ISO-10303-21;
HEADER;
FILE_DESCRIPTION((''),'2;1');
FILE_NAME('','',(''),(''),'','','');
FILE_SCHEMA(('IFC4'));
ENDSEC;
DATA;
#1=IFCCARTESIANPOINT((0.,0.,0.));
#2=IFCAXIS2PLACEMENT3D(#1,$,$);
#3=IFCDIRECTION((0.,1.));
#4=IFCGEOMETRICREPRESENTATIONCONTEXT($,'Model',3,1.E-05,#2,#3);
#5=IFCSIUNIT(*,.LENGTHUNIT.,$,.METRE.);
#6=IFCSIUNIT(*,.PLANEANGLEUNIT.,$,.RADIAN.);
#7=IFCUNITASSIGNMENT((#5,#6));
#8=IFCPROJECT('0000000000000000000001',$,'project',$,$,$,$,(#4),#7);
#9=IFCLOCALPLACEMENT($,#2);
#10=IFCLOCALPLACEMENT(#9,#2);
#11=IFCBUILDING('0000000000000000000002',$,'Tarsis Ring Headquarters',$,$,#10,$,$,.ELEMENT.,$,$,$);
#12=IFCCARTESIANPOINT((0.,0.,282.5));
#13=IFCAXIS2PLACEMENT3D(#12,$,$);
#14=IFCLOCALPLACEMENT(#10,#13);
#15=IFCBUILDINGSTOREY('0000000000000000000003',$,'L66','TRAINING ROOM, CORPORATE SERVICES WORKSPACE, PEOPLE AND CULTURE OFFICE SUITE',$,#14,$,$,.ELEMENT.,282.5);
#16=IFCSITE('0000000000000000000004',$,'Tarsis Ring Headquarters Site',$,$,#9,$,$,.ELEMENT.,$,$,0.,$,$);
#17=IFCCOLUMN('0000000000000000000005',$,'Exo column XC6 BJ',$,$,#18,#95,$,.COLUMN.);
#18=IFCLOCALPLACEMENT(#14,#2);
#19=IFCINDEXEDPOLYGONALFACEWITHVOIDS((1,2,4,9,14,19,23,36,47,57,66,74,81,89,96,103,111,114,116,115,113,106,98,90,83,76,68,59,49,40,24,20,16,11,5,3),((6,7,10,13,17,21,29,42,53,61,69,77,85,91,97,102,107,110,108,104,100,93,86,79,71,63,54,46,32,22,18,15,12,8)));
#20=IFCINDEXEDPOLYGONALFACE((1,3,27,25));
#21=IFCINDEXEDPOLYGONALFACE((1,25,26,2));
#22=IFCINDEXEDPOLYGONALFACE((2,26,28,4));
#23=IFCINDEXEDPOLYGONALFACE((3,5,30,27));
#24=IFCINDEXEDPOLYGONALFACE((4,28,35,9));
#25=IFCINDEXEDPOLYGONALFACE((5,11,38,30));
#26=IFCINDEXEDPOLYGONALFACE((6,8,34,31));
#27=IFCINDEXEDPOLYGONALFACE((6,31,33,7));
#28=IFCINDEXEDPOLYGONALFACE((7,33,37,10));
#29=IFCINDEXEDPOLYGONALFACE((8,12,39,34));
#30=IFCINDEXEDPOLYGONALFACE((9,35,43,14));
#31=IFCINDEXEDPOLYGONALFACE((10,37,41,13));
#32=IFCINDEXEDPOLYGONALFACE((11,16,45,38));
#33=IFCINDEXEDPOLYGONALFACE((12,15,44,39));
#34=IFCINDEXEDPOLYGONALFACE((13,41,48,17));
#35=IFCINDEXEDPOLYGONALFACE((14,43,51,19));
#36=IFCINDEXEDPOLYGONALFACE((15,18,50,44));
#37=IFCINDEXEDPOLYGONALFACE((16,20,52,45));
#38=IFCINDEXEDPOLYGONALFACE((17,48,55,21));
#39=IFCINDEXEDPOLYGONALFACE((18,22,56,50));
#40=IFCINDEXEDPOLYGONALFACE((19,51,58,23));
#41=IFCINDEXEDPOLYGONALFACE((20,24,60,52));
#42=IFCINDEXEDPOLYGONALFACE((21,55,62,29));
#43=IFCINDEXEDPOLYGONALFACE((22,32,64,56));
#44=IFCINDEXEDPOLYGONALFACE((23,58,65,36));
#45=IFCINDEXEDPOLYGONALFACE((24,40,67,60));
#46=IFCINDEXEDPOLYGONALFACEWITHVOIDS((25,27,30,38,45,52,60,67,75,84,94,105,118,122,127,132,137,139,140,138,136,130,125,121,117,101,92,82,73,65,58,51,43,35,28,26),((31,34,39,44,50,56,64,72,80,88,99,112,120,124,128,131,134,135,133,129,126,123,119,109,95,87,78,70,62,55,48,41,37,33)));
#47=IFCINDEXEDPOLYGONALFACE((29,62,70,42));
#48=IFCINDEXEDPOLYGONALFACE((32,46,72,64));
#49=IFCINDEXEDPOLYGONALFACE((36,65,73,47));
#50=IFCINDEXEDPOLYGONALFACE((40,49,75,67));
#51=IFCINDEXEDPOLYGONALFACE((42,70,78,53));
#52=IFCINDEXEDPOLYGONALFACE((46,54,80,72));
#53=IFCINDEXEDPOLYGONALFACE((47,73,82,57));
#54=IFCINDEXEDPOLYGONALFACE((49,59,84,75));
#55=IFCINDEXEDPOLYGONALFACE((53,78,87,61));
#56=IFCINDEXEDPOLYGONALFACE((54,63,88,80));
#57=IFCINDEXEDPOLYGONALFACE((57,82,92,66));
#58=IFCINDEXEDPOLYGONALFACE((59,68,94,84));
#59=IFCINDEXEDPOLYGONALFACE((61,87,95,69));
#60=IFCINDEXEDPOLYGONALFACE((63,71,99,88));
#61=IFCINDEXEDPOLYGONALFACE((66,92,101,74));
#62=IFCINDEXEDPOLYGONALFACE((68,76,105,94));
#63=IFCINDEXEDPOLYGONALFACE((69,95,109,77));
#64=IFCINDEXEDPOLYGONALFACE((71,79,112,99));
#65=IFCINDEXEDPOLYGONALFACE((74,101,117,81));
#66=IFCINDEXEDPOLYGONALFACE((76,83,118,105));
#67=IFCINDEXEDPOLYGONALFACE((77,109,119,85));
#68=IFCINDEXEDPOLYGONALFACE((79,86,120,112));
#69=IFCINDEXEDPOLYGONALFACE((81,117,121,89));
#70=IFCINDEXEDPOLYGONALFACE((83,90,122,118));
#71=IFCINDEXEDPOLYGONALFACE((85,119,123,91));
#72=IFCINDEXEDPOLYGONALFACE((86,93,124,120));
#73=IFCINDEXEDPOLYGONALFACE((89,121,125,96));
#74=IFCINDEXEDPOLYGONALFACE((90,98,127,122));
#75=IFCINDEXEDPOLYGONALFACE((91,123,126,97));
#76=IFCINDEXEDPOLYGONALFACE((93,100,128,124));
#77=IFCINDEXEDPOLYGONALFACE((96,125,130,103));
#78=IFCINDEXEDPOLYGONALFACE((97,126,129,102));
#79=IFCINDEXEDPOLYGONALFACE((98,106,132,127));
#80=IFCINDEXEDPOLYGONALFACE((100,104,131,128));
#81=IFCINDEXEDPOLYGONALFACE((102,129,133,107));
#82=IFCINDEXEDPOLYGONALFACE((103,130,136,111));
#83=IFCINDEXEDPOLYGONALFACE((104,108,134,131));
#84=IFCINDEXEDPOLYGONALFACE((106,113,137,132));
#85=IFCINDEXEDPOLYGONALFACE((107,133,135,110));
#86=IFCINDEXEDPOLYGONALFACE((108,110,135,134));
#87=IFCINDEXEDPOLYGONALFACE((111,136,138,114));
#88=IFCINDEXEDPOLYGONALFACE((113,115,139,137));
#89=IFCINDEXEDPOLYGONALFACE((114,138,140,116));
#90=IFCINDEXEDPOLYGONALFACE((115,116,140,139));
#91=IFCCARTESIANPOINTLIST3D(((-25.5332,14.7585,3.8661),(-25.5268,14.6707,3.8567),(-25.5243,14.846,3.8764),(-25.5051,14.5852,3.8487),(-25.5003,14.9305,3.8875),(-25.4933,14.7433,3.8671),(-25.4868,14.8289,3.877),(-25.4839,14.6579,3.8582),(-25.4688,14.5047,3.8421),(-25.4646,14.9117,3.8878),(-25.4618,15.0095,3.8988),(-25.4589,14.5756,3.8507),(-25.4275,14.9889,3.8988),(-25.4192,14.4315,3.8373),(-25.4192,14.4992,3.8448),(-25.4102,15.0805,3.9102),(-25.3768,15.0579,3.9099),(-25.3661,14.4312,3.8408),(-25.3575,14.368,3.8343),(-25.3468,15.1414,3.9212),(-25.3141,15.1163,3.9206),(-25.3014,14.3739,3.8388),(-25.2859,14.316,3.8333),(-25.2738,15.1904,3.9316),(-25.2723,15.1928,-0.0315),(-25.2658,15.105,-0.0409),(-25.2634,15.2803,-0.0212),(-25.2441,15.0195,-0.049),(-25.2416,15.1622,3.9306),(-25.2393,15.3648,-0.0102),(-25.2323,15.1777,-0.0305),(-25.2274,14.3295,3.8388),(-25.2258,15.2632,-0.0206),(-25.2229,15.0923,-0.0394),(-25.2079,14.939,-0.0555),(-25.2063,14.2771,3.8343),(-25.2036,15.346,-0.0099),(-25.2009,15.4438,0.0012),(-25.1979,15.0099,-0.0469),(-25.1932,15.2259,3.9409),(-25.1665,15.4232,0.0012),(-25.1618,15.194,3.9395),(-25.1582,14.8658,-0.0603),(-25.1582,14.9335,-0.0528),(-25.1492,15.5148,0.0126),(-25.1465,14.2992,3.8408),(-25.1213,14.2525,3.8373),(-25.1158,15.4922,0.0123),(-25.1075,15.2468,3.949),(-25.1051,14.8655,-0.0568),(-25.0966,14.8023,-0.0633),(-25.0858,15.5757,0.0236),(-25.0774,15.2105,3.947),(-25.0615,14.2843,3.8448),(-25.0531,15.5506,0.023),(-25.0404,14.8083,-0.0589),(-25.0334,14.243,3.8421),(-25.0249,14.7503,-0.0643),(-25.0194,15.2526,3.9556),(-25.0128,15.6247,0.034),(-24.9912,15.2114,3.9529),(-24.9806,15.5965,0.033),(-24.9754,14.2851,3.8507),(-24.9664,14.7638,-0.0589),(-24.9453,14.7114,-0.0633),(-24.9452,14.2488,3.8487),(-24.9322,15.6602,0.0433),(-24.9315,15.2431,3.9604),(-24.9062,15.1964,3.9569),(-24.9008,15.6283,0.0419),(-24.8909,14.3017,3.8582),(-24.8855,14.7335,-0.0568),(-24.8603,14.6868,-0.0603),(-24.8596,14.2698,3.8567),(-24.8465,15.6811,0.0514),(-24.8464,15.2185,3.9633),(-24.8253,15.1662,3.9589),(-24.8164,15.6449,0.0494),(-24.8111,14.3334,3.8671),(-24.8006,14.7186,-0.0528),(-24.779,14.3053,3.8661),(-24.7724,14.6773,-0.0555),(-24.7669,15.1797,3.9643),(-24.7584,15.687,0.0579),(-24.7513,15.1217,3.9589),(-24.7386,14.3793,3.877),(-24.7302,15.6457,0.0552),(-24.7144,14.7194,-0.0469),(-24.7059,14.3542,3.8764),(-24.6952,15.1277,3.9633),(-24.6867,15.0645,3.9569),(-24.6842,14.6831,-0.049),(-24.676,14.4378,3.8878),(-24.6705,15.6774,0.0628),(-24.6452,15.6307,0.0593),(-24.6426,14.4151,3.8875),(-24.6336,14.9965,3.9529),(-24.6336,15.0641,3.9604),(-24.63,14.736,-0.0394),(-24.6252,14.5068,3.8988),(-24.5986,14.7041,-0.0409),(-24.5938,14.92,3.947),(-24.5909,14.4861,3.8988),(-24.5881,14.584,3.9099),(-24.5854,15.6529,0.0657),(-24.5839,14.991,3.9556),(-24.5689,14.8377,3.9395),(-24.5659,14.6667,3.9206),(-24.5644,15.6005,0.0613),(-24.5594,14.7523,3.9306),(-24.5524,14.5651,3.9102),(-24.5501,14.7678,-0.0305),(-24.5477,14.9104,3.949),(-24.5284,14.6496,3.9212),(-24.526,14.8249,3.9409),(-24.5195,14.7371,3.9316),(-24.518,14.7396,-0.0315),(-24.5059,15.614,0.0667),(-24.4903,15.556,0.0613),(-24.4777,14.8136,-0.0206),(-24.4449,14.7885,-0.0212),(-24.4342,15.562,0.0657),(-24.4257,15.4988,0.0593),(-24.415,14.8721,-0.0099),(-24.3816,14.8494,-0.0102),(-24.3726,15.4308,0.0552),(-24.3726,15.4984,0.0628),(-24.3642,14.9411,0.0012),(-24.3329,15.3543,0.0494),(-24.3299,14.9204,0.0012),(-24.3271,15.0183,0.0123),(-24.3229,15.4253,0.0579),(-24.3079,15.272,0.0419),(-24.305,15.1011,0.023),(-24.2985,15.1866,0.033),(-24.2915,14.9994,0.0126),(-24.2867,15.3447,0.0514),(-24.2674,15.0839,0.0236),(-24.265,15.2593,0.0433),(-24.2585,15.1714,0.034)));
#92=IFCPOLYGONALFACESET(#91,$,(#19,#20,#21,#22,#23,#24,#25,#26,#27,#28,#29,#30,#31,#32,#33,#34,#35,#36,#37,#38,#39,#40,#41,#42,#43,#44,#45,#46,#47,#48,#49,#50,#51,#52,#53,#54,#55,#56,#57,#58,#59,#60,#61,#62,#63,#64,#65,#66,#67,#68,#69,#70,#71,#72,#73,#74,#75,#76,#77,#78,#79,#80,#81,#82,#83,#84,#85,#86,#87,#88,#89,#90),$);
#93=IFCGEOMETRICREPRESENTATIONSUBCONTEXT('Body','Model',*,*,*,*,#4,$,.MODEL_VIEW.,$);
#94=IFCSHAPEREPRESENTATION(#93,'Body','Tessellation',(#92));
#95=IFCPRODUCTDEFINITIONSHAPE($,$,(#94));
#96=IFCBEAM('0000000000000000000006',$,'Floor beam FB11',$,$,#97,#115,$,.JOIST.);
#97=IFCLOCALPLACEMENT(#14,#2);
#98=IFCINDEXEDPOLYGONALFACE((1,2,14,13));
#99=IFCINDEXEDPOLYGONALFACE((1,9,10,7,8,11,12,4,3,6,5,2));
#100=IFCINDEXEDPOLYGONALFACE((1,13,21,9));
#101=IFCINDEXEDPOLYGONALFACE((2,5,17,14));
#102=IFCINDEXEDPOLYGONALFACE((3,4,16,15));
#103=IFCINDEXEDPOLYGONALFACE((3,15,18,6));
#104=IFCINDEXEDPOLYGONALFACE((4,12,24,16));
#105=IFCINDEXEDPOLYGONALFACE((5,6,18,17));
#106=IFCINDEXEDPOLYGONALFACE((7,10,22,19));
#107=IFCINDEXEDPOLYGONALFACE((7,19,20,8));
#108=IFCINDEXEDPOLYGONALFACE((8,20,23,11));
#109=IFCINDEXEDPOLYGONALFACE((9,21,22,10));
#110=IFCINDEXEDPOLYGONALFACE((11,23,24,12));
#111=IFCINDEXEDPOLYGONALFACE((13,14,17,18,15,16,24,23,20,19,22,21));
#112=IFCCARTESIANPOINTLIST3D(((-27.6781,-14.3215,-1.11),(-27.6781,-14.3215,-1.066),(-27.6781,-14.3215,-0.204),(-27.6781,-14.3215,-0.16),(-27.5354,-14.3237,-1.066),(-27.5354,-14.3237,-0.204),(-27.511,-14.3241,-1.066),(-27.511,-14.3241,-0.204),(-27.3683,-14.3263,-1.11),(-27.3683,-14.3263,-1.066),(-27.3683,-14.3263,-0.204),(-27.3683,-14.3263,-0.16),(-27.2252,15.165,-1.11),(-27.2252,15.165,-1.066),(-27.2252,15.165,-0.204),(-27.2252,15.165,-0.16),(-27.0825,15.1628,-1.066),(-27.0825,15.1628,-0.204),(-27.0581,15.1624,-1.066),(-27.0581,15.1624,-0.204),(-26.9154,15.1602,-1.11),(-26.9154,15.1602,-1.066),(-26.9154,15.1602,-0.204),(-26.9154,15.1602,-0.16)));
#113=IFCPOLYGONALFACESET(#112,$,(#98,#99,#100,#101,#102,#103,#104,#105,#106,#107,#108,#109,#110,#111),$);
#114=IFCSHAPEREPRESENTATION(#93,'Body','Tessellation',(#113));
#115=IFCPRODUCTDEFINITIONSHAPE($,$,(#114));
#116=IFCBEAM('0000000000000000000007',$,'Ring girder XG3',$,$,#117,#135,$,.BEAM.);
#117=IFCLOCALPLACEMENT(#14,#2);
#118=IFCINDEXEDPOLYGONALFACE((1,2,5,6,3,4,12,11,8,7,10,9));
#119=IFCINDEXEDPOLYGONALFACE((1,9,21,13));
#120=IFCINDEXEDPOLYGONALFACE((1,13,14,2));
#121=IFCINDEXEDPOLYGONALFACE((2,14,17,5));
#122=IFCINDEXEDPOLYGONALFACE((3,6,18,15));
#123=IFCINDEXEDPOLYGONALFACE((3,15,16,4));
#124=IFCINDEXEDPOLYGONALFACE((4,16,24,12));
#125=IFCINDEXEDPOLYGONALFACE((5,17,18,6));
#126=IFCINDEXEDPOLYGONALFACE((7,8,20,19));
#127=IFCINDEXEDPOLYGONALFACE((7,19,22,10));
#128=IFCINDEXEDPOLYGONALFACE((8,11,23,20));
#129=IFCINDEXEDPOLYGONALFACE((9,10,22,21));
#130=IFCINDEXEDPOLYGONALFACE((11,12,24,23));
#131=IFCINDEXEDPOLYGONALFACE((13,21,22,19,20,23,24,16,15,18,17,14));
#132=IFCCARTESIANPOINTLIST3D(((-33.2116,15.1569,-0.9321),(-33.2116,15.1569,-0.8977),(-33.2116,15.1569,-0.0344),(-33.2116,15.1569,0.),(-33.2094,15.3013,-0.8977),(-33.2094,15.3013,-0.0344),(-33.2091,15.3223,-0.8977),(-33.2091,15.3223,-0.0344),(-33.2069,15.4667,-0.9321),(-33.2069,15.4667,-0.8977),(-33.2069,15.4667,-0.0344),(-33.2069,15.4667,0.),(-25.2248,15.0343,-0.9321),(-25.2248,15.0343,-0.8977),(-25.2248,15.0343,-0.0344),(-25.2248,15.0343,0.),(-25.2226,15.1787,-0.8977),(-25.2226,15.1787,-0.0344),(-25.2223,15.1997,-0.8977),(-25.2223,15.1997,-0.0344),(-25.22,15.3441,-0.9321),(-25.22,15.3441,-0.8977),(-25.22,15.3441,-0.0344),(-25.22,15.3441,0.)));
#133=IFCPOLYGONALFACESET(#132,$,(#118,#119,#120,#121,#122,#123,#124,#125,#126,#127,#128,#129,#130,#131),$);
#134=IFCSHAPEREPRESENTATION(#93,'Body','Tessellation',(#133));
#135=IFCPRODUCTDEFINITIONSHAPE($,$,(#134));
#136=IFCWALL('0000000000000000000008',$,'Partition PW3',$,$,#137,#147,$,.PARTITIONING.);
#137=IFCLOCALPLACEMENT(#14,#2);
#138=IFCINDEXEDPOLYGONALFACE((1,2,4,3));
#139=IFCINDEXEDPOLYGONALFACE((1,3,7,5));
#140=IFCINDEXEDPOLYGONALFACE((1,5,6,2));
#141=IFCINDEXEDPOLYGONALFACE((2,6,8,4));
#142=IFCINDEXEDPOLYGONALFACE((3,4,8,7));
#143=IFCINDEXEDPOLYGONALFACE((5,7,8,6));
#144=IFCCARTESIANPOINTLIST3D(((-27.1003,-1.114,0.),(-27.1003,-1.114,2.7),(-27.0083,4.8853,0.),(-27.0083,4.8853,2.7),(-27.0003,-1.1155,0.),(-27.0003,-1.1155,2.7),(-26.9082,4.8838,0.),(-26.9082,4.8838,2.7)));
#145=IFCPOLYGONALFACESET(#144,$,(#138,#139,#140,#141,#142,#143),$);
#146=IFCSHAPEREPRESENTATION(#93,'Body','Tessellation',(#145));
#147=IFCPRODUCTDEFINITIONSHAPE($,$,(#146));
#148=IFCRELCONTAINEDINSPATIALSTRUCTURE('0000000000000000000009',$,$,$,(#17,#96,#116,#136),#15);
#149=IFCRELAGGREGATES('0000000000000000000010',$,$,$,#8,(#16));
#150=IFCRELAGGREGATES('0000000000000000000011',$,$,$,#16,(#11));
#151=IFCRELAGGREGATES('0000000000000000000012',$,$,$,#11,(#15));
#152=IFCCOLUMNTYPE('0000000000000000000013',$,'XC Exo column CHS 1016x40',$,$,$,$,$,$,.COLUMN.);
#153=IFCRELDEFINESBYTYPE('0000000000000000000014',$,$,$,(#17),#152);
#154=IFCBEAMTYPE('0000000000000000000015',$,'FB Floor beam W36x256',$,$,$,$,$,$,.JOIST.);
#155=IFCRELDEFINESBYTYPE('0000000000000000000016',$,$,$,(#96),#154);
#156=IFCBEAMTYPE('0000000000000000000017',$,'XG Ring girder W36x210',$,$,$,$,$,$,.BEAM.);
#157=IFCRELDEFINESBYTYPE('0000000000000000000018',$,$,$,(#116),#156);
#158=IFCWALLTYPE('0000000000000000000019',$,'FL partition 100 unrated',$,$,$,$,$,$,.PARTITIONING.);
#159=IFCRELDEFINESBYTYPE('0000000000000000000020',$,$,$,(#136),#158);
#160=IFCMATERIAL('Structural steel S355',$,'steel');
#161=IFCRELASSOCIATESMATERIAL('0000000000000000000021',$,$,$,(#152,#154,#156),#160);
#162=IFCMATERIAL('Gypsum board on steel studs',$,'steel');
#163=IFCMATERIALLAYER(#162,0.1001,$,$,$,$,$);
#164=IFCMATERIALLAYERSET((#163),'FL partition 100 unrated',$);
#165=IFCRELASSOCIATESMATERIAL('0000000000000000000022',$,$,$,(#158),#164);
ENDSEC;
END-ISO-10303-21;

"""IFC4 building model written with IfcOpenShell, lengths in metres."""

from ifc_helpers import new_model, si_unit, direction, frame, frame_2d, origin, origin_2d, place, context, subcontext, project, spatial, rectangle, hollow_circle, i_section, extrude, material, layer, layer_set, material_profile, profile_set, type_object, element, save


model = new_model("IFC4")

# Units and contexts
model_context = context("Model", 3, precision=1e-05, world=origin(), true_north=direction((0.0, 1.0)))
body_context = subcontext(model_context, "Body", "Model", "MODEL_VIEW")
ifc_project = project(units=[si_unit("LENGTHUNIT", "METRE"), si_unit("PLANEANGLEUNIT", "RADIAN")], contexts=[model_context])

# Site, building, storey
site_placement = place(None, origin())
site = spatial("IfcSite", under=ifc_project, at=site_placement, Name="Tarsis Ring Headquarters Site", CompositionType="ELEMENT", RefElevation=0.0)
building_placement = place(site_placement, origin())
building = spatial("IfcBuilding", under=site, at=building_placement, Name="Tarsis Ring Headquarters", CompositionType="ELEMENT")
storey_placement = place(building_placement, frame((0.0, 0.0, 282.5)))
storey = spatial("IfcBuildingStorey", under=building, at=storey_placement, Name="L66", Description="TRAINING ROOM, CORPORATE SERVICES WORKSPACE, PEOPLE AND CULTURE OFFICE SUITE", CompositionType="ELEMENT", Elevation=282.5)

# Column
ifc_material_1 = material(Name="Structural steel S355", Category="steel")
ifc_material_profile_1 = material_profile(ifc_material_1, hollow_circle(Radius=0.5081, WallThickness=0.04, at=origin_2d()), Name="CHS 1016x40")
ifc_profile_set_1 = profile_set([ifc_material_profile_1], Name="Structural steel S355")
column_type = type_object("IfcColumnType", Name="XC Exo column CHS 1016x40", PredefinedType="COLUMN", material=ifc_profile_set_1)
column_placement = place(storey_placement, frame((-24.7654, 15.1821, 0.0012), z_axis=(-0.0664, -0.110501, 0.991655), x_axis=(0.857153, -0.515062, 0.0)))
element("IfcColumn", 1, at=column_placement, inside=storey, type_object=column_type, Name="Exo column XC6 BJ", PredefinedType="COLUMN", context=body_context, shape_type="SweptSolid", body=[
    extrude(hollow_circle(Radius=0.5081, WallThickness=0.04, at=origin_2d()), origin(), (0.0, 0.0, 1.0), 3.9304),
])

# Beams
ifc_material_profile_2 = material_profile(ifc_material_1, i_section(OverallWidth=0.3098, OverallDepth=0.95, WebThickness=0.0244, FlangeThickness=0.0439, at=origin_2d()), Name="W36x256")
ifc_profile_set_2 = profile_set([ifc_material_profile_2], Name="Structural steel S355")
beam_type_1 = type_object("IfcBeamType", Name="FB Floor beam W36x256", PredefinedType="JOIST", material=ifc_profile_set_2)
beam_1_placement = place(storey_placement, frame((-27.0703, 15.1626, -0.635), z_axis=(-0.015357, -0.999882, 0.0), x_axis=(0.999882, -0.015357, 0.0)))
element("IfcBeam", 2, at=beam_1_placement, inside=storey, type_object=beam_type_1, Name="Floor beam FB11", PredefinedType="JOIST", context=body_context, shape_type="SweptSolid", body=[
    extrude(i_section(OverallWidth=0.3098, OverallDepth=0.95, WebThickness=0.0244, FlangeThickness=0.0439, at=origin_2d()), origin(), (0.0, 0.0, 1.0), 29.49),
])
ifc_material_profile_3 = material_profile(ifc_material_1, i_section(OverallWidth=0.3098, OverallDepth=0.9321, WebThickness=0.021, FlangeThickness=0.0344, at=origin_2d()), Name="W36x210")
ifc_profile_set_3 = profile_set([ifc_material_profile_3], Name="Structural steel S355")
beam_type_2 = type_object("IfcBeamType", Name="XG Ring girder W36x210", PredefinedType="BEAM", material=ifc_profile_set_3)
beam_2_placement = place(storey_placement, frame((-25.2224, 15.1892, -0.4661), z_axis=(-0.999882, 0.015343, 0.0), x_axis=(-0.015343, -0.999882, 0.0)))
element("IfcBeam", 3, at=beam_2_placement, inside=storey, type_object=beam_type_2, Name="Ring girder XG3", PredefinedType="BEAM", context=body_context, shape_type="SweptSolid", body=[
    extrude(i_section(OverallWidth=0.3098, OverallDepth=0.9321, WebThickness=0.021, FlangeThickness=0.0344, at=origin_2d()), origin(), (0.0, 0.0, 1.0), 7.9878),
])

# Wall
ifc_material_2 = material(Name="Gypsum board on steel studs", Category="steel")
ifc_layer_1 = layer(ifc_material_2, 0.1001)
ifc_layer_set_1 = layer_set([ifc_layer_1], Name="FL partition 100 unrated")
wall_type_1 = type_object("IfcWallType", Name="FL partition 100 unrated", PredefinedType="PARTITIONING", material=ifc_layer_set_1)
wall_1_placement = place(storey_placement, frame((-27.0503, -1.1147, 0.0), z_axis=(0.0, 0.0, 1.0), x_axis=(0.01534, 0.999882, 0.0)))
element("IfcWall", 4, at=wall_1_placement, inside=storey, type_object=wall_type_1, Name="Partition PW3", PredefinedType="PARTITIONING", context=body_context, shape_type="SweptSolid", body=[
    extrude(rectangle(XDim=6.0, YDim=0.1001, at=frame_2d((3.0, 0.0))), origin(), (0.0, 0.0, 1.0), 2.7),
])

save(model, "model.ifc")
